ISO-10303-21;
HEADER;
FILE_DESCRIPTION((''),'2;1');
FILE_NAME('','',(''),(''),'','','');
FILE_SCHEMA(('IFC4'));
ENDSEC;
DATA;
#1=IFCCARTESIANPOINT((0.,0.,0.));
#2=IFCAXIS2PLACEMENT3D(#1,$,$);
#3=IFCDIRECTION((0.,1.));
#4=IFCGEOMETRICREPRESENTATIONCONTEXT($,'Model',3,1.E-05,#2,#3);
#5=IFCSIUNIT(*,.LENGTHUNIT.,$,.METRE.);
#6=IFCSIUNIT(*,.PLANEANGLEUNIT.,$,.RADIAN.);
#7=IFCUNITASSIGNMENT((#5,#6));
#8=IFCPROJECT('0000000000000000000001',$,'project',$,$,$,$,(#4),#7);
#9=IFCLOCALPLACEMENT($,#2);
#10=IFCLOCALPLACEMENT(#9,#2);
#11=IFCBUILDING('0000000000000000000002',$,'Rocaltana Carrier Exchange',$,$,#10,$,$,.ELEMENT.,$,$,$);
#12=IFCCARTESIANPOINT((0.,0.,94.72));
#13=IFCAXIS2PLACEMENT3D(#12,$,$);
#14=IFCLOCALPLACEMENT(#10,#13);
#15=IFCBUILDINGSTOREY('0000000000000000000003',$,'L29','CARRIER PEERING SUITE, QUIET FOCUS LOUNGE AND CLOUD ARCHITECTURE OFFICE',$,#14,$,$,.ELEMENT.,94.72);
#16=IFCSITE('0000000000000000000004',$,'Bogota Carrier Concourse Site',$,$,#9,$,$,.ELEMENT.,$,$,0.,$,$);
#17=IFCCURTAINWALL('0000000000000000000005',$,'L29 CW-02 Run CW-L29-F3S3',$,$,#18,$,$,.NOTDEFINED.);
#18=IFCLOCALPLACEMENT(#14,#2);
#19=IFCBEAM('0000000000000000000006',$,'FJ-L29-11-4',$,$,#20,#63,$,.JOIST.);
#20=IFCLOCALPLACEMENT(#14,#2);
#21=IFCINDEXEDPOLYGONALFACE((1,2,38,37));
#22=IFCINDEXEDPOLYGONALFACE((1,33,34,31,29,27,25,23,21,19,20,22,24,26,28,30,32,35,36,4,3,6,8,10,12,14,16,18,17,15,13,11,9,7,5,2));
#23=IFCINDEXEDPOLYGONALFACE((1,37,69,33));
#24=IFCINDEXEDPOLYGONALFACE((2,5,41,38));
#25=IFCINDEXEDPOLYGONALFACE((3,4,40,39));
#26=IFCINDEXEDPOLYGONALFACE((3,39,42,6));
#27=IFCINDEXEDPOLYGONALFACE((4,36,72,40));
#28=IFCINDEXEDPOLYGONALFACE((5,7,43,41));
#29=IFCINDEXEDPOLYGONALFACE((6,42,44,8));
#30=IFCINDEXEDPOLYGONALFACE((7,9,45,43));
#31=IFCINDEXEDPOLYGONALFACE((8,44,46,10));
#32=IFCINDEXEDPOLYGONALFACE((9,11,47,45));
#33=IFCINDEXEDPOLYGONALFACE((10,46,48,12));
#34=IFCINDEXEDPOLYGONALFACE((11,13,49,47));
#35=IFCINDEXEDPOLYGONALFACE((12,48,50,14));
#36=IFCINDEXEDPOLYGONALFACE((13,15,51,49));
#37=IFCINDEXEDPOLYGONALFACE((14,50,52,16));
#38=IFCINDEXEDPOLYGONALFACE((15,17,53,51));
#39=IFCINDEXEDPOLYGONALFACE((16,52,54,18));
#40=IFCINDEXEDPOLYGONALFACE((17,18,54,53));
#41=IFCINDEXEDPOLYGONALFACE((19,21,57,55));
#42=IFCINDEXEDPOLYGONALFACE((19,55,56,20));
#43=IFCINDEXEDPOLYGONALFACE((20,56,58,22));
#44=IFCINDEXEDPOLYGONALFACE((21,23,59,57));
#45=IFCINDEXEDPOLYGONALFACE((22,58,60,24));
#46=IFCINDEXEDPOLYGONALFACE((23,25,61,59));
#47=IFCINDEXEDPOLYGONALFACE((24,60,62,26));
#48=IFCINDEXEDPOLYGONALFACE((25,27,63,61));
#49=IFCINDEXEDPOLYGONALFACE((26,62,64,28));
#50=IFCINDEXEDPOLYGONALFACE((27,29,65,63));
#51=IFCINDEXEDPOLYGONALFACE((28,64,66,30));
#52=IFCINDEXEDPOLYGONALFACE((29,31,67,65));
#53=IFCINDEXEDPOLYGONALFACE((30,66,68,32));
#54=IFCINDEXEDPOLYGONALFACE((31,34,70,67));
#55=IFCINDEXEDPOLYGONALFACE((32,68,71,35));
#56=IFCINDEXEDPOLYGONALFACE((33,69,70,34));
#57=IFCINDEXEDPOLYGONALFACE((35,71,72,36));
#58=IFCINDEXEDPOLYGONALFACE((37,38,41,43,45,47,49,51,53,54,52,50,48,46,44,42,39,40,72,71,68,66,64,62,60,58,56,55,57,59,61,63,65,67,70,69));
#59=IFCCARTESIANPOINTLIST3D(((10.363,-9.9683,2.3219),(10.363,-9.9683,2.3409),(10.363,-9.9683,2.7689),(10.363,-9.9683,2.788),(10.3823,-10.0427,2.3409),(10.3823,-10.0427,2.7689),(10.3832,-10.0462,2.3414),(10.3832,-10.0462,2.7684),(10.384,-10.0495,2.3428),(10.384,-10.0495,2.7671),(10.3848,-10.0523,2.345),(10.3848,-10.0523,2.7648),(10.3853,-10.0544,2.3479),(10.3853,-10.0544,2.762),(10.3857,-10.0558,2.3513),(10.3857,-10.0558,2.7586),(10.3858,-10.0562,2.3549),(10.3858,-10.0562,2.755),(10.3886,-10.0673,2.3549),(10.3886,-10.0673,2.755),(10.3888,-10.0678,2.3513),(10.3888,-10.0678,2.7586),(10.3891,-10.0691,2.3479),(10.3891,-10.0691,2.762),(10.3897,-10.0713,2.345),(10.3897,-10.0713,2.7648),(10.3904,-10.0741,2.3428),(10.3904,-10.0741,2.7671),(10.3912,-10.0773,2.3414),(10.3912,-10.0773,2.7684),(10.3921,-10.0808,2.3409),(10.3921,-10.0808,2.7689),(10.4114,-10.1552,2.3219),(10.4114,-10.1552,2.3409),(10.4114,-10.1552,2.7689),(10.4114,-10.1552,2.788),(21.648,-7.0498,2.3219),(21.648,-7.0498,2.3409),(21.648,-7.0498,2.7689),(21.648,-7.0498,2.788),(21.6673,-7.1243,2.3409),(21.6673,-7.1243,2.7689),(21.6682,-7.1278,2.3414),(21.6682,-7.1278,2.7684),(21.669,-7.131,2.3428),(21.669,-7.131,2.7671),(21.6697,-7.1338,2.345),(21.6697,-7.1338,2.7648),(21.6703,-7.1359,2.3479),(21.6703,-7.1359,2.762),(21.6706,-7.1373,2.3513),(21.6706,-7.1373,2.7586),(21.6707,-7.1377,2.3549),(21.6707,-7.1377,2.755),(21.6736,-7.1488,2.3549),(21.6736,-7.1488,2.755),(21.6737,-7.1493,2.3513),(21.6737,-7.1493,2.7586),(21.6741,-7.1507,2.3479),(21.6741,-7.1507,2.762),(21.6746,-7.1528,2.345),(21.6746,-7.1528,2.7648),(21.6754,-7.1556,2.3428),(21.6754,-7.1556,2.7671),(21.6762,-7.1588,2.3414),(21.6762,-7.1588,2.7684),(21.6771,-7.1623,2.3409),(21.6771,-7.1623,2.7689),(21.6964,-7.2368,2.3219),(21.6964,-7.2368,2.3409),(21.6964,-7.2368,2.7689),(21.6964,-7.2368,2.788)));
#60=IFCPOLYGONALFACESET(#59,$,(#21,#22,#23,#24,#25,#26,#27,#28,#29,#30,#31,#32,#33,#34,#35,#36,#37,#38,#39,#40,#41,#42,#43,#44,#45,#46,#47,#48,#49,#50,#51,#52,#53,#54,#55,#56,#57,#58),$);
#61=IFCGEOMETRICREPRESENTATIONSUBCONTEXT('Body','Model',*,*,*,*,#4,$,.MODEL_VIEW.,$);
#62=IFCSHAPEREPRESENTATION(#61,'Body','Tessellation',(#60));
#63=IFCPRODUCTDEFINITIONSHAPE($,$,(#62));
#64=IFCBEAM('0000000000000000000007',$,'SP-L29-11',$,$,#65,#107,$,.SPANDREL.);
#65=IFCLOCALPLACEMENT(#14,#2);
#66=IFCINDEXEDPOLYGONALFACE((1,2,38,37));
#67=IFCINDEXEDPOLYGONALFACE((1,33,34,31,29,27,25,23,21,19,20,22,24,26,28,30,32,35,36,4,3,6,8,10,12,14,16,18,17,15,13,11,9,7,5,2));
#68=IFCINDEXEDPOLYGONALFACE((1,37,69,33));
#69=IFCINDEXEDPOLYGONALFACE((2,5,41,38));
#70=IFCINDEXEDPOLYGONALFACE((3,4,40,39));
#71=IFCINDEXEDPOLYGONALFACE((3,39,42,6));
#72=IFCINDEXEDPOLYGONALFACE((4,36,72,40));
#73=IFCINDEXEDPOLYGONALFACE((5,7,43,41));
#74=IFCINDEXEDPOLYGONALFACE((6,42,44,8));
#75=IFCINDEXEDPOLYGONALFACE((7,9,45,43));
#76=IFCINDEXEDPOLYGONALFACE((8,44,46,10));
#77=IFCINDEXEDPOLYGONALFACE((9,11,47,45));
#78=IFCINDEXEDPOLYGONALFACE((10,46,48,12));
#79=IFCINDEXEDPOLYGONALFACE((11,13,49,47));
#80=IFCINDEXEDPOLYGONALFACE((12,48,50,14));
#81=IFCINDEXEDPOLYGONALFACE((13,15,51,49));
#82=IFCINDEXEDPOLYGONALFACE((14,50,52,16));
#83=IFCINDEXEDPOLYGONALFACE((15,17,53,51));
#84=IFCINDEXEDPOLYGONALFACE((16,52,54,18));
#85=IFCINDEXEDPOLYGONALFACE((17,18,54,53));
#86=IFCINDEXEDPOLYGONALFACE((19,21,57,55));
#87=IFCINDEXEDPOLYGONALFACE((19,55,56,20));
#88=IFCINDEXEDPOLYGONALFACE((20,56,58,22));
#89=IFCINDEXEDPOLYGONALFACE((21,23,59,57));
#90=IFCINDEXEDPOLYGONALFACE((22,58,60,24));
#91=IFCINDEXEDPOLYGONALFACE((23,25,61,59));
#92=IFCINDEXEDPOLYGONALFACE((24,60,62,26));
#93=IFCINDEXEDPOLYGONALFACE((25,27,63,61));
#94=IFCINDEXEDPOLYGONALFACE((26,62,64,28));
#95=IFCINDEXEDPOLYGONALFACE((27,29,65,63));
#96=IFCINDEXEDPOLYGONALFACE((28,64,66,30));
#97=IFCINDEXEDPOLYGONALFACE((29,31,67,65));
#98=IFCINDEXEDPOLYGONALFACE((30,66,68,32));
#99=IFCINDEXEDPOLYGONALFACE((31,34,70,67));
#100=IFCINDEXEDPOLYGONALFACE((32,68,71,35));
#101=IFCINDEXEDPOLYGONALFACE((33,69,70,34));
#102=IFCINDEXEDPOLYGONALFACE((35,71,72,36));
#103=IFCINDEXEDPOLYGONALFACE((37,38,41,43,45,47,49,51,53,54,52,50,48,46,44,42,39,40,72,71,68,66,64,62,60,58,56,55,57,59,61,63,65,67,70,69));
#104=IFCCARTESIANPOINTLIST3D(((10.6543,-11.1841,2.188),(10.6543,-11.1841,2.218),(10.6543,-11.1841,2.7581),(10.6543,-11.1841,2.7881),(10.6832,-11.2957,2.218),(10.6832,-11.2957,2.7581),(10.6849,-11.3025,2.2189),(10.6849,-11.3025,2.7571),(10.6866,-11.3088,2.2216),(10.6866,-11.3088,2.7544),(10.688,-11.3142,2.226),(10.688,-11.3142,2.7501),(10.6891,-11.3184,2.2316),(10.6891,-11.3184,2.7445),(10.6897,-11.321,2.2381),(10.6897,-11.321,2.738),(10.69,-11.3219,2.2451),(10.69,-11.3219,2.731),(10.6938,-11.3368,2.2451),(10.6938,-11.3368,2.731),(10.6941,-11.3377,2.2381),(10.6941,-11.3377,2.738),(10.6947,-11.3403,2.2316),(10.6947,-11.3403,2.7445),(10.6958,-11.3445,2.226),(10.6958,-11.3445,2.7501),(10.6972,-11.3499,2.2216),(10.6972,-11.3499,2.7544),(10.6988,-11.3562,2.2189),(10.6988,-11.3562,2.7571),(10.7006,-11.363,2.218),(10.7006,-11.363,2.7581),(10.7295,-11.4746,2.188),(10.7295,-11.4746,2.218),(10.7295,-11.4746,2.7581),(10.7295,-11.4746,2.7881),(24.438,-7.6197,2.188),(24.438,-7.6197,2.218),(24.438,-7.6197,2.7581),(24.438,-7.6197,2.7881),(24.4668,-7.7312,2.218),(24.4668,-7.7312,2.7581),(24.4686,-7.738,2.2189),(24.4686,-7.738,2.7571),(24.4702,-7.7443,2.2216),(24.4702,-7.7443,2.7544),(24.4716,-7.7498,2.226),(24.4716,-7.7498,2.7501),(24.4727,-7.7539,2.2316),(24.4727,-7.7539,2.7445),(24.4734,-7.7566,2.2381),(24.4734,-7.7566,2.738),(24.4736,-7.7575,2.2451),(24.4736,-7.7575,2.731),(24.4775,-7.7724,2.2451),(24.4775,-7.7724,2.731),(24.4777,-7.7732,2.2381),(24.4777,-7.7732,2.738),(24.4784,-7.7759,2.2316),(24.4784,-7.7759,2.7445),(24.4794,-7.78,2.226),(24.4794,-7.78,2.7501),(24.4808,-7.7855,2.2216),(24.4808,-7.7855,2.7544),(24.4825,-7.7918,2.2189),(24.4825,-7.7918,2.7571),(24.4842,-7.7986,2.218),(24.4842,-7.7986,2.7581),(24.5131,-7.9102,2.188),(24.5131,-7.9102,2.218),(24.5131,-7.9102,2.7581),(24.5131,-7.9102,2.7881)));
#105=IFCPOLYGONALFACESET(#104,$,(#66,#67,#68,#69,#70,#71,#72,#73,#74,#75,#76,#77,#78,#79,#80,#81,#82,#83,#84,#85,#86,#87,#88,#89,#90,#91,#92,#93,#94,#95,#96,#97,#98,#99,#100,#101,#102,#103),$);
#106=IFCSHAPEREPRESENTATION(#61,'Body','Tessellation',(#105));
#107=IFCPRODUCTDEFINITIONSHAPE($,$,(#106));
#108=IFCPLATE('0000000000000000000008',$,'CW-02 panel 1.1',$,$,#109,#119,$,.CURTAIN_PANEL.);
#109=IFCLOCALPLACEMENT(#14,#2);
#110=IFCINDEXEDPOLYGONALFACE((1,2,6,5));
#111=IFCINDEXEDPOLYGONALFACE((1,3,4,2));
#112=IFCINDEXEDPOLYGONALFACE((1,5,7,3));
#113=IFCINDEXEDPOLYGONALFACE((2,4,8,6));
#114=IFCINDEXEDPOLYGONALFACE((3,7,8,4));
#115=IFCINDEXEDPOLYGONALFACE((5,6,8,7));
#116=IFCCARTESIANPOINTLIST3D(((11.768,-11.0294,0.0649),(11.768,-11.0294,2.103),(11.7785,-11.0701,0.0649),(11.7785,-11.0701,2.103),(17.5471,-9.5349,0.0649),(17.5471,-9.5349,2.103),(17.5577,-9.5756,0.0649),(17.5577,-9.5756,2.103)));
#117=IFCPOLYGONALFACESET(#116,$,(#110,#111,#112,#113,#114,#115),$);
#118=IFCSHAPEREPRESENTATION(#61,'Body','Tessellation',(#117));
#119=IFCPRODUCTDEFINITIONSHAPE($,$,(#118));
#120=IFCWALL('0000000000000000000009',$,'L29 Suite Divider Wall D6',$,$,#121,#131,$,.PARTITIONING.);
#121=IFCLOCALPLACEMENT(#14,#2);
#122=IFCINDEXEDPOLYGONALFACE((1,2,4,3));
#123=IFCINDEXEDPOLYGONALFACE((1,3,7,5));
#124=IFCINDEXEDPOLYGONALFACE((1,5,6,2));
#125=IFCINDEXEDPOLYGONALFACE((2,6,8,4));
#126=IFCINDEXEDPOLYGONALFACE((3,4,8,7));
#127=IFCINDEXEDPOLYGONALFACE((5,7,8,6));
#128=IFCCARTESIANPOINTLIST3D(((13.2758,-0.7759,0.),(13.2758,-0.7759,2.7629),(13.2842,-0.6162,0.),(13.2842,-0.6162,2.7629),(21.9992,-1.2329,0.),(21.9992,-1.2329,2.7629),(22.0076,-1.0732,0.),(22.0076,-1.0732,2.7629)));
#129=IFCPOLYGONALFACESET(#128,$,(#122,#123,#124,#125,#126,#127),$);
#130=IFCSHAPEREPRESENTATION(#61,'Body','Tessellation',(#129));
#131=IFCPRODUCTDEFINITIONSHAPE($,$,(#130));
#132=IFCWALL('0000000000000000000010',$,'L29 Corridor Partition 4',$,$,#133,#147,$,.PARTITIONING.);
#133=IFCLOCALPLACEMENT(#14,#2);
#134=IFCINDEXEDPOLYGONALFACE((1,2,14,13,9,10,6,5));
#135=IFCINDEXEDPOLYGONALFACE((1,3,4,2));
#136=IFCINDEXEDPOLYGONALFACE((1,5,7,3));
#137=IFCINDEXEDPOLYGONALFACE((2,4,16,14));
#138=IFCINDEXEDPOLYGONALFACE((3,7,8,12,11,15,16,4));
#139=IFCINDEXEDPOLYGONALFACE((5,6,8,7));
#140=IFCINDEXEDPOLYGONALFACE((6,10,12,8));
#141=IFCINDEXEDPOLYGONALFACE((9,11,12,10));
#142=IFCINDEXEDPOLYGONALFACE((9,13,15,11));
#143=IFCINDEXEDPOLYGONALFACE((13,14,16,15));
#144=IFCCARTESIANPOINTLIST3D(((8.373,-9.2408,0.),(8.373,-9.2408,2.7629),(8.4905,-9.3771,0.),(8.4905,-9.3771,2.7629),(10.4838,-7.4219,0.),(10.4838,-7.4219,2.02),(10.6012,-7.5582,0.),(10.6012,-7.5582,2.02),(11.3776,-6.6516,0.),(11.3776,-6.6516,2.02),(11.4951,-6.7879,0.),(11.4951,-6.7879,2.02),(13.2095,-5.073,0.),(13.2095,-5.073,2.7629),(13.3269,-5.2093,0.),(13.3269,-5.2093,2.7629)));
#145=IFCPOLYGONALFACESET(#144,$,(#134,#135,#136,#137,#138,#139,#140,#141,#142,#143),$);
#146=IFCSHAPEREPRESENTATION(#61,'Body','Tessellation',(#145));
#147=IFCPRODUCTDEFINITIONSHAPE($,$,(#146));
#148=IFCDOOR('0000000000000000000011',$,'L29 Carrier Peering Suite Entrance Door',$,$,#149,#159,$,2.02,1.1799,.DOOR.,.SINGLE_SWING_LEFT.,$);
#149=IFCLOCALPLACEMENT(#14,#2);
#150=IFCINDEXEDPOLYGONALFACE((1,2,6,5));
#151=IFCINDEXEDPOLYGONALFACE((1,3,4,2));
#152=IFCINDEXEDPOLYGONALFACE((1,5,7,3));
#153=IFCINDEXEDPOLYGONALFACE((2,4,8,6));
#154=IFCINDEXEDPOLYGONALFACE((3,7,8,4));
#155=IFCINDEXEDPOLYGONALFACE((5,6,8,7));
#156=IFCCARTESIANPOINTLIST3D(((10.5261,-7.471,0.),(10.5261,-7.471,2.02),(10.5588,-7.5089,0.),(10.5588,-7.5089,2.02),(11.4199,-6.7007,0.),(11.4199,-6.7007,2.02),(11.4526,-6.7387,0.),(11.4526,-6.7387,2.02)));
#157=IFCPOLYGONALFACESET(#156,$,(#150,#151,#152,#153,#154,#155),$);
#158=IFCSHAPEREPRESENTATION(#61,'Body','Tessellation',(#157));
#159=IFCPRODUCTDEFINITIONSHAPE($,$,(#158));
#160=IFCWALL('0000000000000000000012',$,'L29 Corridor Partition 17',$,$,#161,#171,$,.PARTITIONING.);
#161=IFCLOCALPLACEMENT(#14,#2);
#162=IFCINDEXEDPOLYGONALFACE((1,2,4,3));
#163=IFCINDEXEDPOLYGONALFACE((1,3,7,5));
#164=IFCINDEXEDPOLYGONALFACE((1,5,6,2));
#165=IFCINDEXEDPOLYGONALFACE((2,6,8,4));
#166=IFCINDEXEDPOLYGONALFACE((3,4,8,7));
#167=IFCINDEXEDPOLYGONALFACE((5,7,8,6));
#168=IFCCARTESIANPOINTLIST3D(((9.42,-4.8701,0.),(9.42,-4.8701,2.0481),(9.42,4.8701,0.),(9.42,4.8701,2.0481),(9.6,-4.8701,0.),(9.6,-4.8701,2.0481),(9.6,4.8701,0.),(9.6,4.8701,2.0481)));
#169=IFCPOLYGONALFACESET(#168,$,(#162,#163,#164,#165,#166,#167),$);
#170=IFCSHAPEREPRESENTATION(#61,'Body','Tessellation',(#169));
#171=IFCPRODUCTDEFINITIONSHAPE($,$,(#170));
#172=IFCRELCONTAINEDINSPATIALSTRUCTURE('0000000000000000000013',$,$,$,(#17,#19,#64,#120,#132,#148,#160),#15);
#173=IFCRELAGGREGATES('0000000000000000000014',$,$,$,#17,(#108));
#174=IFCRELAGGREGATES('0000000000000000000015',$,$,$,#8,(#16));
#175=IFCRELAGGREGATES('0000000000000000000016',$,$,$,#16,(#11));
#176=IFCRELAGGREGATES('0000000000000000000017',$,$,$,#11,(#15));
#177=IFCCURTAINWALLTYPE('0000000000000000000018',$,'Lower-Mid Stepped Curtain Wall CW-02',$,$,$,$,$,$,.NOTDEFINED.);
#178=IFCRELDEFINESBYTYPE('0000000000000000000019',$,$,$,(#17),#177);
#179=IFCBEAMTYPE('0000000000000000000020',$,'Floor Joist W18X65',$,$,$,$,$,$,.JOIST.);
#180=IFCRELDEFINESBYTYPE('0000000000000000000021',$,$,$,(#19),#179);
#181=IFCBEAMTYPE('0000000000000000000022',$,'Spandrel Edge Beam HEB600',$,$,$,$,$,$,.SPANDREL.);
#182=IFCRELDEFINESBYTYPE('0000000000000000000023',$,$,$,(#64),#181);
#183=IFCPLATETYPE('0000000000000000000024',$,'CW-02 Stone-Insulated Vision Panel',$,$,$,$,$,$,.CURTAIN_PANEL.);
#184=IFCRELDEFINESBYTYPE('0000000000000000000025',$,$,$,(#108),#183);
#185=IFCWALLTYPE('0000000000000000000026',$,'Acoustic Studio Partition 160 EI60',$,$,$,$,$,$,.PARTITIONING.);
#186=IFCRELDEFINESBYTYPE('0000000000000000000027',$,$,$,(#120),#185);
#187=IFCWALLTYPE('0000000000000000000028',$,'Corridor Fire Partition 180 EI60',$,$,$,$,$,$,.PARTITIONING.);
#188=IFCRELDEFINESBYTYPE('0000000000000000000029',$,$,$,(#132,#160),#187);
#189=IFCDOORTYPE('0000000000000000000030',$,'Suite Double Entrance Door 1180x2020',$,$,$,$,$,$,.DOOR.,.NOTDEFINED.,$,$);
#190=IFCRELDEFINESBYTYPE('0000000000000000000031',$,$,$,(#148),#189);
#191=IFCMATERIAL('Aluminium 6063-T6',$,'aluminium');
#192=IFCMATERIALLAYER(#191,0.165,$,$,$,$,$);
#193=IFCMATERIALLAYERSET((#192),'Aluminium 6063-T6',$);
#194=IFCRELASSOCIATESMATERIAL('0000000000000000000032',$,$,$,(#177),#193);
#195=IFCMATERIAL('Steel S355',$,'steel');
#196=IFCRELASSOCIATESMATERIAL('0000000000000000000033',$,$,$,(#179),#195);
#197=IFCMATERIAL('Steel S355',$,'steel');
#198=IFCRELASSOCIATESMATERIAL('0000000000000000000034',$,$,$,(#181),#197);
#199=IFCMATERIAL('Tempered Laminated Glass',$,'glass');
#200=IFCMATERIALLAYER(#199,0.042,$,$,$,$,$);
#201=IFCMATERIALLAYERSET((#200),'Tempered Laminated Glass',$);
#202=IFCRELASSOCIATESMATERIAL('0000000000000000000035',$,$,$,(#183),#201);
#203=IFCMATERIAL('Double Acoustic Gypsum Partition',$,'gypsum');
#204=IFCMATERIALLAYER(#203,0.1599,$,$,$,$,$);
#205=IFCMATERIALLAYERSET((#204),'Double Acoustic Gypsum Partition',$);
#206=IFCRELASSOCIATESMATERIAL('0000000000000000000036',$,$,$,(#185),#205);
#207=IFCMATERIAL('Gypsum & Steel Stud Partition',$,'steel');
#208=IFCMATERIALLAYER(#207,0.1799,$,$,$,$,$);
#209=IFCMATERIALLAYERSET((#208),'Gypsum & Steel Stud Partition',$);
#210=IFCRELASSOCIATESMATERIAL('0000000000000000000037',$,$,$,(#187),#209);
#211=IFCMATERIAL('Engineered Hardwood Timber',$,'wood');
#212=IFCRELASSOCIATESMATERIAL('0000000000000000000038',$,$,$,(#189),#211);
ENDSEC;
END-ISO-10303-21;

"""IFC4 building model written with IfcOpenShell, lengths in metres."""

from ifc_helpers import new_model, si_unit, direction, frame, frame_2d, origin, origin_2d, place, context, subcontext, project, spatial, rectangle, i_section, extrude, material, layer, layer_set, material_profile, profile_set, type_object, element, fill, aggregate, save


model = new_model("IFC4")

# Units and contexts
model_context = context("Model", 3, precision=1e-05, world=origin(), true_north=direction((0.0, 1.0)))
body_context = subcontext(model_context, "Body", "Model", "MODEL_VIEW")
ifc_project = project(units=[si_unit("LENGTHUNIT", "METRE"), si_unit("PLANEANGLEUNIT", "RADIAN")], contexts=[model_context])

# Site, building, storey
site_placement = place(None, origin())
site = spatial("IfcSite", under=ifc_project, at=site_placement, Name="Bogota Carrier Concourse Site", CompositionType="ELEMENT", RefElevation=0.0)
building_placement = place(site_placement, origin())
building = spatial("IfcBuilding", under=site, at=building_placement, Name="Rocaltana Carrier Exchange", CompositionType="ELEMENT")
storey_placement = place(building_placement, frame((0.0, 0.0, 94.72)))
storey = spatial("IfcBuildingStorey", under=building, at=storey_placement, Name="L29", Description="CARRIER PEERING SUITE, QUIET FOCUS LOUNGE AND CLOUD ARCHITECTURE OFFICE", CompositionType="ELEMENT", Elevation=94.72)

# Curtain wall
ifc_material_1 = material(Name="Aluminium 6063-T6", Category="aluminium")
ifc_layer_1 = layer(ifc_material_1, 0.165)
ifc_layer_set_1 = layer_set([ifc_layer_1], Name="Aluminium 6063-T6")
curtain_wall_type = type_object("IfcCurtainWallType", Name="Lower-Mid Stepped Curtain Wall CW-02", PredefinedType="NOTDEFINED", material=ifc_layer_set_1)
curtain_wall_placement = place(storey_placement, origin())
curtain_wall = element("IfcCurtainWall", 1, at=curtain_wall_placement, inside=storey, type_object=curtain_wall_type, Name="L29 CW-02 Run CW-L29-F3S3", PredefinedType="NOTDEFINED")

# Beams
ifc_material_2 = material(Name="Steel S355", Category="steel")
ifc_material_profile_1 = material_profile(ifc_material_2, i_section(OverallWidth=0.1931, OverallDepth=0.4661, WebThickness=0.0115, FlangeThickness=0.019, FilletRadius=0.0139, at=origin_2d()), Name="W18X65")
ifc_profile_set_1 = profile_set([ifc_material_profile_1], Name="Steel S355")
beam_type_1 = type_object("IfcBeamType", Name="Floor Joist W18X65", PredefinedType="JOIST", material=ifc_profile_set_1)
beam_1_placement = place(storey_placement, frame((10.3872, -10.0618, 2.5549), z_axis=(0.968148, 0.250378, 0.0), x_axis=(-0.250378, 0.968148, 0.0)))
element("IfcBeam", 2, at=beam_1_placement, inside=storey, type_object=beam_type_1, Name="FJ-L29-11-4", PredefinedType="JOIST", context=body_context, shape_type="SweptSolid", body=[
    extrude(i_section(OverallWidth=0.1931, OverallDepth=0.4661, WebThickness=0.0115, FlangeThickness=0.019, FilletRadius=0.0139, at=origin_2d()), origin(), (0.0, 0.0, 1.0), 11.6562),
])
ifc_material_3 = material(Name="Steel S355", Category="steel")
ifc_material_profile_2 = material_profile(ifc_material_3, i_section(OverallWidth=0.3, OverallDepth=0.6001, WebThickness=0.0154, FlangeThickness=0.03, FilletRadius=0.0271, at=origin_2d()), Name="HEB600")
ifc_profile_set_2 = profile_set([ifc_material_profile_2], Name="Steel S355")
beam_type_2 = type_object("IfcBeamType", Name="Spandrel Edge Beam HEB600", PredefinedType="SPANDREL", material=ifc_profile_set_2)
beam_2_placement = place(storey_placement, frame((10.6919, -11.3293, 2.488), z_axis=(0.968152, 0.250363, 0.0), x_axis=(-0.250363, 0.968152, 0.0)))
element("IfcBeam", 3, at=beam_2_placement, inside=storey, type_object=beam_type_2, Name="SP-L29-11", PredefinedType="SPANDREL", context=body_context, shape_type="SweptSolid", body=[
    extrude(i_section(OverallWidth=0.3, OverallDepth=0.6001, WebThickness=0.0154, FlangeThickness=0.03, FilletRadius=0.0271, at=origin_2d()), origin(), (0.0, 0.0, 1.0), 14.2371),
])

# Plate
ifc_material_4 = material(Name="Tempered Laminated Glass", Category="glass")
ifc_layer_2 = layer(ifc_material_4, 0.042)
ifc_layer_set_2 = layer_set([ifc_layer_2], Name="Tempered Laminated Glass")
plate_type = type_object("IfcPlateType", Name="CW-02 Stone-Insulated Vision Panel", PredefinedType="CURTAIN_PANEL", material=ifc_layer_set_2)
plate_placement = place(storey_placement, frame((14.6628, -10.3025, 0.0649), z_axis=(0.0, 0.0, 1.0), x_axis=(0.96815, 0.25037, 0.0)))
plate = element("IfcPlate", 4, at=plate_placement, type_object=plate_type, Name="CW-02 panel 1.1", PredefinedType="CURTAIN_PANEL", context=body_context, shape_type="SweptSolid", body=[
    extrude(rectangle(XDim=5.9692, YDim=0.042, at=origin_2d()), origin(), (0.0, 0.0, 1.0), 2.0381),
])
aggregate(curtain_wall, [plate])

# Wall
ifc_material_5 = material(Name="Double Acoustic Gypsum Partition", Category="gypsum")
ifc_layer_3 = layer(ifc_material_5, 0.1599)
ifc_layer_set_3 = layer_set([ifc_layer_3], Name="Double Acoustic Gypsum Partition")
wall_type_1 = type_object("IfcWallType", Name="Acoustic Studio Partition 160 EI60", PredefinedType="PARTITIONING", material=ifc_layer_set_3)
wall_1_placement = place(storey_placement, frame((13.28, -0.696, 0.0), z_axis=(0.0, 0.0, 1.0), x_axis=(0.99863, -0.05232, 0.0)))
element("IfcWall", 5, at=wall_1_placement, inside=storey, type_object=wall_type_1, Name="L29 Suite Divider Wall D6", PredefinedType="PARTITIONING", context=body_context, shape_type="SweptSolid", body=[
    extrude(rectangle(XDim=8.7354, YDim=0.1599, at=frame_2d((4.3677, 0.0))), origin(), (0.0, 0.0, 1.0), 2.7629),
])

# Wall, opening, door
ifc_material_6 = material(Name="Gypsum & Steel Stud Partition", Category="steel")
ifc_layer_4 = layer(ifc_material_6, 0.1799)
ifc_layer_set_4 = layer_set([ifc_layer_4], Name="Gypsum & Steel Stud Partition")
wall_type_2 = type_object("IfcWallType", Name="Corridor Fire Partition 180 EI60", PredefinedType="PARTITIONING", material=ifc_layer_set_4)
wall_2_placement = place(storey_placement, frame((13.2683, -5.1411, 0.0), z_axis=(0.0, 0.0, 1.0), x_axis=(-0.757535, -0.652795, 0.0)))
wall_2 = element("IfcWall", 6, at=wall_2_placement, inside=storey, type_object=wall_type_2, Name="L29 Corridor Partition 4", PredefinedType="PARTITIONING", context=body_context, shape_type="SweptSolid", body=[
    extrude(rectangle(XDim=6.3845, YDim=0.1799, at=frame_2d((3.1924, 0.0))), origin(), (0.0, 0.0, 1.0), 2.7629),
])
opening_placement = place(wall_2_placement, frame((2.4185, 0.0, 0.0)))
opening = element("IfcOpeningElement", 7, at=opening_placement, cuts=wall_2, PredefinedType="OPENING", context=body_context, shape_type="SweptSolid", body=[
    extrude(rectangle(XDim=1.1799, YDim=2.02, at=frame_2d((0.5898, 1.01))), frame((0.0, 0.0999, 0.0), z_axis=(0.0, -1.0, 0.0), x_axis=(1.0, 0.0, 0.0)), (0.0, 0.0, 1.0), 0.2),
])
ifc_material_7 = material(Name="Engineered Hardwood Timber", Category="wood")
door_type = type_object("IfcDoorType", Name="Suite Double Entrance Door 1180x2020", OperationType="NOTDEFINED", PredefinedType="DOOR", material=ifc_material_7)
door_placement = place(opening_placement, origin())
door = element("IfcDoor", 8, at=door_placement, inside=storey, type_object=door_type, Name="L29 Carrier Peering Suite Entrance Door", OperationType="SINGLE_SWING_LEFT", OverallHeight=2.02, OverallWidth=1.1799, PredefinedType="DOOR", context=body_context, shape_type="SweptSolid", body=[
    extrude(rectangle(XDim=1.1799, YDim=2.02, at=frame_2d((0.5898, 1.01))), frame((0.0, 0.0249, 0.0), z_axis=(0.0, -1.0, 0.0), x_axis=(1.0, 0.0, 0.0)), (0.0, 0.0, 1.0), 0.05),
])
fill(opening, door)

# Wall
wall_3_placement = place(storey_placement, frame((9.51, -4.8701, 0.0), z_axis=(0.0, 0.0, 1.0), x_axis=(0.0, 1.0, 0.0)))
element("IfcWall", 9, at=wall_3_placement, inside=storey, type_object=wall_type_2, Name="L29 Corridor Partition 17", PredefinedType="PARTITIONING", context=body_context, shape_type="SweptSolid", body=[
    extrude(rectangle(XDim=9.7402, YDim=0.1799, at=frame_2d((4.8701, 0.0))), origin(), (0.0, 0.0, 1.0), 2.0481),
])

save(model, "model.ifc")
